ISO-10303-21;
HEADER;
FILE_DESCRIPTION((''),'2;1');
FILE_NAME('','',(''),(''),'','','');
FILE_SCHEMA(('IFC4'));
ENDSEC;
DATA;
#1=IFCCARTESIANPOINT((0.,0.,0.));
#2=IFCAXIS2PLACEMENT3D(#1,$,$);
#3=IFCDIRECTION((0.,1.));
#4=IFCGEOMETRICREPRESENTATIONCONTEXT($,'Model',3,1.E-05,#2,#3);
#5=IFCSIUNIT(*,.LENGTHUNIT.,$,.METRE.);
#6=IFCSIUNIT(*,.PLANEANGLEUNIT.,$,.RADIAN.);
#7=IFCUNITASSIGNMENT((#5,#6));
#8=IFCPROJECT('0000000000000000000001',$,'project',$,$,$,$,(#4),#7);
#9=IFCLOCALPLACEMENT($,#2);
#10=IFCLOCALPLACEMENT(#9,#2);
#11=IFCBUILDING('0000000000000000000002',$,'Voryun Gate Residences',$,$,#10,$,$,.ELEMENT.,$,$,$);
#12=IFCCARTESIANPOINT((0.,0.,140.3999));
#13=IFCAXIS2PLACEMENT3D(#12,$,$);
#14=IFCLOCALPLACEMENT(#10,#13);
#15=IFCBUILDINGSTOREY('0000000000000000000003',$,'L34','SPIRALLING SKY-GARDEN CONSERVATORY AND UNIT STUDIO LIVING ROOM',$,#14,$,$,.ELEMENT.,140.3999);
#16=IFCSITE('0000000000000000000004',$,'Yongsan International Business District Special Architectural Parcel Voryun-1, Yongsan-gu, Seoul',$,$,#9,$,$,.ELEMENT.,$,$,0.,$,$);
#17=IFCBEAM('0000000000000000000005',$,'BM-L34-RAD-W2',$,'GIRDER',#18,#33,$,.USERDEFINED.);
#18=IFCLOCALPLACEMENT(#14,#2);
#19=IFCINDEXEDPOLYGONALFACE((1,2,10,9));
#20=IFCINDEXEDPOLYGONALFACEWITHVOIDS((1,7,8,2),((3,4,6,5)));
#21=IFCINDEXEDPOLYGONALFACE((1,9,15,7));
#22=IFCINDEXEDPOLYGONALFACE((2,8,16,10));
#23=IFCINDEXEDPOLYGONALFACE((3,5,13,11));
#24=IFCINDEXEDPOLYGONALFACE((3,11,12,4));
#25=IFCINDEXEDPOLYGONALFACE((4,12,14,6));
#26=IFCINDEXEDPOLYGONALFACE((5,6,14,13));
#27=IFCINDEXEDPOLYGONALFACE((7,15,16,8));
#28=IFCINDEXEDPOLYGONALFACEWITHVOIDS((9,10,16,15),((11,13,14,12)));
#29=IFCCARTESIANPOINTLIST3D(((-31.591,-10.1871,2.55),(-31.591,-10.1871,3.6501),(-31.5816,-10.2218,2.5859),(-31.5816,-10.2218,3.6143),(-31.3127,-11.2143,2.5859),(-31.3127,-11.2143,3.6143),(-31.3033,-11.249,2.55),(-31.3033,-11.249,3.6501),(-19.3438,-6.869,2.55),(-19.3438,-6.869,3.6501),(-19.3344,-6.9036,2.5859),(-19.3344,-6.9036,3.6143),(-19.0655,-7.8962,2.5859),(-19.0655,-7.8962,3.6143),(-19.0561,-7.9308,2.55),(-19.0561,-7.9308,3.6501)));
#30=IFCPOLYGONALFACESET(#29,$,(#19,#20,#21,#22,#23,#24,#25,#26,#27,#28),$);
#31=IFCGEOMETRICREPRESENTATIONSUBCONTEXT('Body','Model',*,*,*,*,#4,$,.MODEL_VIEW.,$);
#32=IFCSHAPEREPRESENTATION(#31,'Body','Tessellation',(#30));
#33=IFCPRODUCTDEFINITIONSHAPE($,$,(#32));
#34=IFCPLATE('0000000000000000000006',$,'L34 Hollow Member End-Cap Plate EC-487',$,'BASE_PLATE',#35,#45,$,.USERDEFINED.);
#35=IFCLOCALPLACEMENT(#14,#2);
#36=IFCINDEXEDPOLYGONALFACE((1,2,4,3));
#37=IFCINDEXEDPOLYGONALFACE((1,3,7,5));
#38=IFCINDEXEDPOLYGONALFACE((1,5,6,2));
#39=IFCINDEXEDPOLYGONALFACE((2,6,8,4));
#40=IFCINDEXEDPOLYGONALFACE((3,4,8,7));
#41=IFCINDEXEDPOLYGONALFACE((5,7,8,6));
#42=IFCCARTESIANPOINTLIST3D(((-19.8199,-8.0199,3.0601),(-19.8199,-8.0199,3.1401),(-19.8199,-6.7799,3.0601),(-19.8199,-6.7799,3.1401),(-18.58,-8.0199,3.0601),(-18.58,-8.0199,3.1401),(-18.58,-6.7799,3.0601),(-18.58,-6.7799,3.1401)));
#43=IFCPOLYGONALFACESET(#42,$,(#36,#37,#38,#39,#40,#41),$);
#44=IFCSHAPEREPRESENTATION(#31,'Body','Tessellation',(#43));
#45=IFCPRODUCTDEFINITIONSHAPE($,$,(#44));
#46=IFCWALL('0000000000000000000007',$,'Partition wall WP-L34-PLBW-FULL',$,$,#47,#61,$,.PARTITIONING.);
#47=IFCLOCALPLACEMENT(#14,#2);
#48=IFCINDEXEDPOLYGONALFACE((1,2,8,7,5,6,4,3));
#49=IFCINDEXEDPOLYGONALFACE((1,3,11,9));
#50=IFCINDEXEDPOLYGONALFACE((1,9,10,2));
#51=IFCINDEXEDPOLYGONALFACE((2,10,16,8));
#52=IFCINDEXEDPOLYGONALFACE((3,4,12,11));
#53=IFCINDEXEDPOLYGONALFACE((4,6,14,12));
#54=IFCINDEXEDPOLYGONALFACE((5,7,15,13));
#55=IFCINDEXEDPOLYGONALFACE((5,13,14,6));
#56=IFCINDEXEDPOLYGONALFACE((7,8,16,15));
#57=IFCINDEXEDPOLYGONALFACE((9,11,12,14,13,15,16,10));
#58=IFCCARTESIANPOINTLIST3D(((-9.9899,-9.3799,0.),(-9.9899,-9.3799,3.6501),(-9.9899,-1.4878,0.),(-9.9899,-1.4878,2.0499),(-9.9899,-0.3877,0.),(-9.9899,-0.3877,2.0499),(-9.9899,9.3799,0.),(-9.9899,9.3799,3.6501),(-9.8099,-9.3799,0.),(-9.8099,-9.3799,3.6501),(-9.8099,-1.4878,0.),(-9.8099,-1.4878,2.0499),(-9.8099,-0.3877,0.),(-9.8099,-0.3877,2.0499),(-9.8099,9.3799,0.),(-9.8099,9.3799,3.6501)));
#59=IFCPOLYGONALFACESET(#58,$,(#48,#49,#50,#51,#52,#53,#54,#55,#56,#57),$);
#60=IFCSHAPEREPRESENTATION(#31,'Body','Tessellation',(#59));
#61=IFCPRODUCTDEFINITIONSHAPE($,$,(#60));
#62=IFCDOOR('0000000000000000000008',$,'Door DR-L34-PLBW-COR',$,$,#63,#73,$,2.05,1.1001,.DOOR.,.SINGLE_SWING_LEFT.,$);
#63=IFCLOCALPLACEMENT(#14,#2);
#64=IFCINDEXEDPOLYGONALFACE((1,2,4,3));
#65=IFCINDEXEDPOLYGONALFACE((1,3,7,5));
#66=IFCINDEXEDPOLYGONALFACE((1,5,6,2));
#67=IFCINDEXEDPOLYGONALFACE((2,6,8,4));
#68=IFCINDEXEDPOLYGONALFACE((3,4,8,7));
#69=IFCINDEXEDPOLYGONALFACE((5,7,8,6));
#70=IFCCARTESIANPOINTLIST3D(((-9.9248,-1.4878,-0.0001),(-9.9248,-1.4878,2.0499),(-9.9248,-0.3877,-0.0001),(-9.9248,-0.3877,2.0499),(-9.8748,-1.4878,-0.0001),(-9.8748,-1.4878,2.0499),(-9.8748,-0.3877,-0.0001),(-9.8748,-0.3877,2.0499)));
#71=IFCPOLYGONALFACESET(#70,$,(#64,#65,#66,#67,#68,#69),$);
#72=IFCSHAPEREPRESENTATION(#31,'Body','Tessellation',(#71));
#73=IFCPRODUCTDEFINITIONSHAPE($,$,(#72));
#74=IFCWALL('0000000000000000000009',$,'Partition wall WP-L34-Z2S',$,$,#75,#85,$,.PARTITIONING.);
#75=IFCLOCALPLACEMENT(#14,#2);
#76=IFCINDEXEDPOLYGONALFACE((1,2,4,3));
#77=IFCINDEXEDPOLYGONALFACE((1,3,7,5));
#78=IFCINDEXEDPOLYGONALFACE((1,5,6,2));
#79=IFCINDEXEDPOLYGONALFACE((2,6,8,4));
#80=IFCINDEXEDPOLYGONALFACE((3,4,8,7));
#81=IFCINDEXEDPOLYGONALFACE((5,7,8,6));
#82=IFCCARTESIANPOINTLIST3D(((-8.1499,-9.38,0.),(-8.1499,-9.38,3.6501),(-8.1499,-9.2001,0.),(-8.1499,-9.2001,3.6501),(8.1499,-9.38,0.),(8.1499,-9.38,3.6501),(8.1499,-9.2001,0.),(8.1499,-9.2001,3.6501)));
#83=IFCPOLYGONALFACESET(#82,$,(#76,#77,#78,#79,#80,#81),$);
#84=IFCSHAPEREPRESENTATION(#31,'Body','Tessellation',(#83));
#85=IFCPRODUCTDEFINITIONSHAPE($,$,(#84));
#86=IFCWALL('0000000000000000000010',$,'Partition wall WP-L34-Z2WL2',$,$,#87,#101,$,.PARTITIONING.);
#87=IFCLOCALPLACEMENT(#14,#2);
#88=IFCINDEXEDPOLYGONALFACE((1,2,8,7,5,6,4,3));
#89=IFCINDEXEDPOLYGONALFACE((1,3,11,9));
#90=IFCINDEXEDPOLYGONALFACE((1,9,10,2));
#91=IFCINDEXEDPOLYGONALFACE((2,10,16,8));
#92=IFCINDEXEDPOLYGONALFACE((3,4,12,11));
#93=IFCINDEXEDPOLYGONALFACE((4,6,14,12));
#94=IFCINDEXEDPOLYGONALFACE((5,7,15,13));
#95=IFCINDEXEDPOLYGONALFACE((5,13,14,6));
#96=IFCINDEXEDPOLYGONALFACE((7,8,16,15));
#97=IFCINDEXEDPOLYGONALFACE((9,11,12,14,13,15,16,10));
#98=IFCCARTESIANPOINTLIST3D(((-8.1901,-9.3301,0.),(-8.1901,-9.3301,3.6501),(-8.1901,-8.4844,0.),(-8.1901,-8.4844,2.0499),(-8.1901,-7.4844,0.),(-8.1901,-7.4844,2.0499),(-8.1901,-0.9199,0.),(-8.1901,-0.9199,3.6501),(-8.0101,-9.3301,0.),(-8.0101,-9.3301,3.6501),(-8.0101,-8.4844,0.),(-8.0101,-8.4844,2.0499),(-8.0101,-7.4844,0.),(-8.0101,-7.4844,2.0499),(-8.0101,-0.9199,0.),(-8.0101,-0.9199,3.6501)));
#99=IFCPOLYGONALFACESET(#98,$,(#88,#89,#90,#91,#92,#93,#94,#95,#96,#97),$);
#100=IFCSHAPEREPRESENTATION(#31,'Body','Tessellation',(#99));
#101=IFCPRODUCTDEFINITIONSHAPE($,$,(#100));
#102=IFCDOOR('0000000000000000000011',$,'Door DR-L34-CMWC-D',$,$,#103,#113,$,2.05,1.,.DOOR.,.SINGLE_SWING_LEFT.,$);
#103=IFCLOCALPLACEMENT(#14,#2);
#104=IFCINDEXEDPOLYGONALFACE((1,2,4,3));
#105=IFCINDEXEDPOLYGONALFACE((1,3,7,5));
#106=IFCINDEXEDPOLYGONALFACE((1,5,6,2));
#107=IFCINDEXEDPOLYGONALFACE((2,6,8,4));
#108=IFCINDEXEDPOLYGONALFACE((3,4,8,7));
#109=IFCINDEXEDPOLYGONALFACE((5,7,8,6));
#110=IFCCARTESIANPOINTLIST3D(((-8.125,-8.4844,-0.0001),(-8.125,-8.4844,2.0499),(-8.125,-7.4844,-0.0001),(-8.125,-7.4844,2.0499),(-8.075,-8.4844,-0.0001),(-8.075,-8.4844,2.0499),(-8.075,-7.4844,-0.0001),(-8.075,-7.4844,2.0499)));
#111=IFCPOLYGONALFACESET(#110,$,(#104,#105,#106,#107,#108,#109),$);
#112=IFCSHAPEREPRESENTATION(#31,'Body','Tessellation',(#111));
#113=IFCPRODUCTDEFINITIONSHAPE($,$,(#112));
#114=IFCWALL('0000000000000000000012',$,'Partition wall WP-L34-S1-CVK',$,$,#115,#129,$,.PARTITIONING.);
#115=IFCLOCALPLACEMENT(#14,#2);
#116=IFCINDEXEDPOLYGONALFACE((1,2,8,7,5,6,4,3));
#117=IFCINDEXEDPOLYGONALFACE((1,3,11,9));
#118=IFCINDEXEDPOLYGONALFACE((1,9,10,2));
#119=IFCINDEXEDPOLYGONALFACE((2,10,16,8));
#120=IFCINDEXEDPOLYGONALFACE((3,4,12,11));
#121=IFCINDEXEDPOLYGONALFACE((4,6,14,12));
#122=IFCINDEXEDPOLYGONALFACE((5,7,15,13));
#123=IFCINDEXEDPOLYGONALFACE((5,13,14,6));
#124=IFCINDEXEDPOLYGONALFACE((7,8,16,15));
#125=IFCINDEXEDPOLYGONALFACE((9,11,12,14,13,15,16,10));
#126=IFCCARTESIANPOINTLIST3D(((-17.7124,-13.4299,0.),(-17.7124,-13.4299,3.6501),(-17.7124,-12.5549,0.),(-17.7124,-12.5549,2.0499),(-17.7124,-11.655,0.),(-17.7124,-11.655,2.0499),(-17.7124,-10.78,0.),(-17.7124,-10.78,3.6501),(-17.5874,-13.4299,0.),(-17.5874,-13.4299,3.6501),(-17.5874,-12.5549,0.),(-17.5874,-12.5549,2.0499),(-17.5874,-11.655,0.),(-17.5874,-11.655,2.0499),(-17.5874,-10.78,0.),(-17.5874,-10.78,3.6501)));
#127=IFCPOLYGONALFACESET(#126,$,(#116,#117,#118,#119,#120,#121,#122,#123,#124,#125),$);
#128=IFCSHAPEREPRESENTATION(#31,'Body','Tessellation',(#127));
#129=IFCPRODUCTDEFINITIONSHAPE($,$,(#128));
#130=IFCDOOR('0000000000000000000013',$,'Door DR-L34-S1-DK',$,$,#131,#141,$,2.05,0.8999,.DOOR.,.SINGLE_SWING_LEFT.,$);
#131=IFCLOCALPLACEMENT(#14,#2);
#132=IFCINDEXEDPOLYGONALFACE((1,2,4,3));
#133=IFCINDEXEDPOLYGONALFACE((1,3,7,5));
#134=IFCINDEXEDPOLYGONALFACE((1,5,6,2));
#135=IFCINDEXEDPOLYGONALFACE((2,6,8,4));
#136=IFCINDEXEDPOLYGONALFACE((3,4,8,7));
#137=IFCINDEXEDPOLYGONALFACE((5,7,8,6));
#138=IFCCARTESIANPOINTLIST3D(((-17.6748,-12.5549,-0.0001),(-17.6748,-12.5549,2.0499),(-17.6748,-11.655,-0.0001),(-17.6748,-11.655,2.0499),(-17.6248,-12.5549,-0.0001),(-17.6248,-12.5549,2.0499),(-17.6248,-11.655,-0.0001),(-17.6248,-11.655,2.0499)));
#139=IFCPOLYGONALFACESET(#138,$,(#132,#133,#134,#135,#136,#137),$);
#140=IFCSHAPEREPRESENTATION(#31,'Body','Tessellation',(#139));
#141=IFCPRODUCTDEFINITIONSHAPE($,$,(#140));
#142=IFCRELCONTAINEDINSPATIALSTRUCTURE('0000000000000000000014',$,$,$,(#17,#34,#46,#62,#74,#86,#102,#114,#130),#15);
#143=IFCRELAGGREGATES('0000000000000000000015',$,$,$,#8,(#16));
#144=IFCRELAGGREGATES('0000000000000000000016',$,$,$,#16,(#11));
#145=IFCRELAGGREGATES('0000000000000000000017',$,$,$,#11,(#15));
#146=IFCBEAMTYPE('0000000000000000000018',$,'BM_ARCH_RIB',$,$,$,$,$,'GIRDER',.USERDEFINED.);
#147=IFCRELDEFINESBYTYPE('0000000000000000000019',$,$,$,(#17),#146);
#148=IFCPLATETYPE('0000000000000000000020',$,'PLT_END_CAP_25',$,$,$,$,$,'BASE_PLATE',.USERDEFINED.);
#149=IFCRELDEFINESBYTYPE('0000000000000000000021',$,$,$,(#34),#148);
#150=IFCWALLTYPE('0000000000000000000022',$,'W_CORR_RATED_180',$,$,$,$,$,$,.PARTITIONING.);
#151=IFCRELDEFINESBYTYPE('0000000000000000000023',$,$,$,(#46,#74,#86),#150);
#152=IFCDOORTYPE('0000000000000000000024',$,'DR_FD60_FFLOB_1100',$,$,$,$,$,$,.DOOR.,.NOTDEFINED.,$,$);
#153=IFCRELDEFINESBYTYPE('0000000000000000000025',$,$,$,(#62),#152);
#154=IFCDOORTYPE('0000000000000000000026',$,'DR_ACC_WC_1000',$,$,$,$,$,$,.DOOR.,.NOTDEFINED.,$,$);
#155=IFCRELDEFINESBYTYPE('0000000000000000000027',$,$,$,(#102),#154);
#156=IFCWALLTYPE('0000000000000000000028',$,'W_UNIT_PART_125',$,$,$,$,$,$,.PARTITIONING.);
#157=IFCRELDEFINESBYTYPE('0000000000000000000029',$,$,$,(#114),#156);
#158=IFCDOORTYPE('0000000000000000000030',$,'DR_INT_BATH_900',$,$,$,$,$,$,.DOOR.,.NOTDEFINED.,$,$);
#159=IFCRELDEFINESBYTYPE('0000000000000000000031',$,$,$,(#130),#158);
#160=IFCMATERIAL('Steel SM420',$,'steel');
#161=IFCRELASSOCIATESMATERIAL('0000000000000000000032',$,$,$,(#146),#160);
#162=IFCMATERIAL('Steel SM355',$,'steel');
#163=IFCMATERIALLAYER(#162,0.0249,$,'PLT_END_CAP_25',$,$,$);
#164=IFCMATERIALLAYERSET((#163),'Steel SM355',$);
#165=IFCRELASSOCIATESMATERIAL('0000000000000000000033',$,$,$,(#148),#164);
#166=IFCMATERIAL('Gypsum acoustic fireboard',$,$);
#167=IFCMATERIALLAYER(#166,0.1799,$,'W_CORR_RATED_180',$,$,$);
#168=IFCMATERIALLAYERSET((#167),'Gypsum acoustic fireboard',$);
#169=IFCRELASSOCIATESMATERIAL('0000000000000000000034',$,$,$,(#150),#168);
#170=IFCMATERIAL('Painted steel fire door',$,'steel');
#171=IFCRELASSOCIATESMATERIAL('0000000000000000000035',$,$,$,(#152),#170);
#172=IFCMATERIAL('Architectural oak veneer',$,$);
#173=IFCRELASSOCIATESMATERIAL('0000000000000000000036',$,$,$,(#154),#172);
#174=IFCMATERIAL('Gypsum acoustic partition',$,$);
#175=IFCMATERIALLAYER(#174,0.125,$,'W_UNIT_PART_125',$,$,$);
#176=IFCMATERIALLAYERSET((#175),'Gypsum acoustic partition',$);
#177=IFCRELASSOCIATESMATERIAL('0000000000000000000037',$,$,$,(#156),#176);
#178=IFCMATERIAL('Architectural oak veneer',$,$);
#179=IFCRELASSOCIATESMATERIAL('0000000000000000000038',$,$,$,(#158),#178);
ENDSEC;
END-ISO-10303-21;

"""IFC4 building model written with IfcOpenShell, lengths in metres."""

from ifc_helpers import new_model, si_unit, direction, frame, frame_2d, origin, origin_2d, place, context, subcontext, project, spatial, rectangle, hollow_rectangle, extrude, material, layer, layer_set, material_profile, profile_set, type_object, element, fill, save


model = new_model("IFC4")

# Units and contexts
model_context = context("Model", 3, precision=1e-05, world=origin(), true_north=direction((0.0, 1.0)))
body_context = subcontext(model_context, "Body", "Model", "MODEL_VIEW")
ifc_project = project(units=[si_unit("LENGTHUNIT", "METRE"), si_unit("PLANEANGLEUNIT", "RADIAN")], contexts=[model_context])

# Site, building, storey
site_placement = place(None, origin())
site = spatial("IfcSite", under=ifc_project, at=site_placement, Name="Yongsan International Business District Special Architectural Parcel Voryun-1, Yongsan-gu, Seoul", CompositionType="ELEMENT", RefElevation=0.0)
building_placement = place(site_placement, origin())
building = spatial("IfcBuilding", under=site, at=building_placement, Name="Voryun Gate Residences", CompositionType="ELEMENT")
storey_placement = place(building_placement, frame((0.0, 0.0, 140.3999)))
storey = spatial("IfcBuildingStorey", under=building, at=storey_placement, Name="L34", Description="SPIRALLING SKY-GARDEN CONSERVATORY AND UNIT STUDIO LIVING ROOM", CompositionType="ELEMENT", Elevation=140.3999)

# Beam
ifc_material_1 = material(Name="Steel SM420", Category="steel")
ifc_material_profile = material_profile(ifc_material_1, hollow_rectangle(XDim=1.1001, YDim=1.1001, WallThickness=0.0359, at=origin_2d()), Name="BOX-1100x1100x36")
ifc_profile_set = profile_set([ifc_material_profile], Name="Steel SM420")
beam_type = type_object("IfcBeamType", Name="BM_ARCH_RIB", ElementType="GIRDER", PredefinedType="USERDEFINED", material=ifc_profile_set)
beam_placement = place(storey_placement, frame((-19.2, -7.3999, 3.1001), z_axis=(-0.965202, -0.261504, 0.0), x_axis=(0.261504, -0.965202, 0.0)))
element("IfcBeam", 1, at=beam_placement, inside=storey, type_object=beam_type, Name="BM-L34-RAD-W2", ObjectType="GIRDER", PredefinedType="USERDEFINED", context=body_context, shape_type="SweptSolid", body=[
    extrude(hollow_rectangle(XDim=1.1001, YDim=1.1001, WallThickness=0.0359, at=origin_2d()), origin(), (0.0, 0.0, 1.0), 12.6887),
])

# Plate
ifc_material_2 = material(Name="Steel SM355", Category="steel")
ifc_layer_1 = layer(ifc_material_2, 0.0249, Name="PLT_END_CAP_25")
ifc_layer_set_1 = layer_set([ifc_layer_1], Name="Steel SM355")
plate_type = type_object("IfcPlateType", Name="PLT_END_CAP_25", ElementType="BASE_PLATE", PredefinedType="USERDEFINED", material=ifc_layer_set_1)
plate_placement = place(storey_placement, frame((-19.2, -7.3999, 3.0601), z_axis=(0.0, 0.0, 1.0), x_axis=(1.0, 0.0, 0.0)))
element("IfcPlate", 2, at=plate_placement, inside=storey, type_object=plate_type, Name="L34 Hollow Member End-Cap Plate EC-487", ObjectType="BASE_PLATE", PredefinedType="USERDEFINED", context=body_context, shape_type="SweptSolid", body=[
    extrude(rectangle(XDim=1.24, YDim=1.24, at=origin_2d()), origin(), (0.0, 0.0, 1.0), 0.0801),
])

# Wall, opening, door
ifc_material_3 = material(Name="Gypsum acoustic fireboard")
ifc_layer_2 = layer(ifc_material_3, 0.1799, Name="W_CORR_RATED_180")
ifc_layer_set_2 = layer_set([ifc_layer_2], Name="Gypsum acoustic fireboard")
wall_type_1 = type_object("IfcWallType", Name="W_CORR_RATED_180", PredefinedType="PARTITIONING", material=ifc_layer_set_2)
wall_1_placement = place(storey_placement, frame((-9.8999, -9.3799, 0.0), z_axis=(0.0, 0.0, 1.0), x_axis=(0.0, 1.0, 0.0)))
wall_1 = element("IfcWall", 3, at=wall_1_placement, inside=storey, type_object=wall_type_1, Name="Partition wall WP-L34-PLBW-FULL", PredefinedType="PARTITIONING", context=body_context, shape_type="SweptSolid", body=[
    extrude(rectangle(XDim=18.7598, YDim=0.1799, at=frame_2d((9.3799, 0.0))), origin(), (0.0, 0.0, 1.0), 3.6501),
])
opening_1_placement = place(wall_1_placement, frame((7.8921, 0.0, 0.0)))
opening_1 = element("IfcOpeningElement", 4, at=opening_1_placement, cuts=wall_1, PredefinedType="OPENING", context=body_context, shape_type="SweptSolid", body=[
    extrude(rectangle(XDim=1.1001, YDim=2.05, at=frame_2d((0.55, 1.0249))), frame((0.0, 0.0999, 0.0), z_axis=(0.0, -1.0, 0.0), x_axis=(1.0, 0.0, 0.0)), (0.0, 0.0, 1.0), 0.2),
])
ifc_material_4 = material(Name="Painted steel fire door", Category="steel")
door_type_1 = type_object("IfcDoorType", Name="DR_FD60_FFLOB_1100", OperationType="NOTDEFINED", PredefinedType="DOOR", material=ifc_material_4)
door_1_placement = place(opening_1_placement, origin())
door_1 = element("IfcDoor", 5, at=door_1_placement, inside=storey, type_object=door_type_1, Name="Door DR-L34-PLBW-COR", OperationType="SINGLE_SWING_LEFT", OverallHeight=2.05, OverallWidth=1.1001, PredefinedType="DOOR", context=body_context, shape_type="SweptSolid", body=[
    extrude(rectangle(XDim=1.1001, YDim=2.05, at=frame_2d((0.55, 1.0249))), frame((0.0, 0.0249, 0.0), z_axis=(0.0, -1.0, 0.0), x_axis=(1.0, 0.0, 0.0)), (0.0, 0.0, 1.0), 0.05),
])
fill(opening_1, door_1)

# Wall
wall_2_placement = place(storey_placement, frame((-8.1499, -9.29, 0.0), z_axis=(0.0, 0.0, 1.0), x_axis=(1.0, 0.0, 0.0)))
element("IfcWall", 6, at=wall_2_placement, inside=storey, type_object=wall_type_1, Name="Partition wall WP-L34-Z2S", PredefinedType="PARTITIONING", context=body_context, shape_type="SweptSolid", body=[
    extrude(rectangle(XDim=16.2998, YDim=0.1799, at=frame_2d((8.1499, 0.0))), origin(), (0.0, 0.0, 1.0), 3.6501),
])

# Walls, openings, doors
wall_3_placement = place(storey_placement, frame((-8.1001, -9.3301, 0.0), z_axis=(0.0, 0.0, 1.0), x_axis=(0.0, 1.0, 0.0)))
wall_3 = element("IfcWall", 7, at=wall_3_placement, inside=storey, type_object=wall_type_1, Name="Partition wall WP-L34-Z2WL2", PredefinedType="PARTITIONING", context=body_context, shape_type="SweptSolid", body=[
    extrude(rectangle(XDim=8.4102, YDim=0.1799, at=frame_2d((4.2051, 0.0))), origin(), (0.0, 0.0, 1.0), 3.6501),
])
opening_2_placement = place(wall_3_placement, frame((0.8457, 0.0, 0.0)))
opening_2 = element("IfcOpeningElement", 8, at=opening_2_placement, cuts=wall_3, PredefinedType="OPENING", context=body_context, shape_type="SweptSolid", body=[
    extrude(rectangle(XDim=1.0, YDim=2.05, at=frame_2d((0.5, 1.0249))), frame((0.0, 0.0999, 0.0), z_axis=(0.0, -1.0, 0.0), x_axis=(1.0, 0.0, 0.0)), (0.0, 0.0, 1.0), 0.2),
])
ifc_material_5 = material(Name="Architectural oak veneer")
door_type_2 = type_object("IfcDoorType", Name="DR_ACC_WC_1000", OperationType="NOTDEFINED", PredefinedType="DOOR", material=ifc_material_5)
door_2_placement = place(opening_2_placement, origin())
door_2 = element("IfcDoor", 9, at=door_2_placement, inside=storey, type_object=door_type_2, Name="Door DR-L34-CMWC-D", OperationType="SINGLE_SWING_LEFT", OverallHeight=2.05, OverallWidth=1.0, PredefinedType="DOOR", context=body_context, shape_type="SweptSolid", body=[
    extrude(rectangle(XDim=1.0, YDim=2.05, at=frame_2d((0.5, 1.0249))), frame((0.0, 0.0249, 0.0), z_axis=(0.0, -1.0, 0.0), x_axis=(1.0, 0.0, 0.0)), (0.0, 0.0, 1.0), 0.05),
])
fill(opening_2, door_2)
ifc_material_6 = material(Name="Gypsum acoustic partition")
ifc_layer_3 = layer(ifc_material_6, 0.125, Name="W_UNIT_PART_125")
ifc_layer_set_3 = layer_set([ifc_layer_3], Name="Gypsum acoustic partition")
wall_type_2 = type_object("IfcWallType", Name="W_UNIT_PART_125", PredefinedType="PARTITIONING", material=ifc_layer_set_3)
wall_4_placement = place(storey_placement, frame((-17.6499, -13.4299, 0.0), z_axis=(0.0, 0.0, 1.0), x_axis=(0.0, 1.0, 0.0)))
wall_4 = element("IfcWall", 10, at=wall_4_placement, inside=storey, type_object=wall_type_2, Name="Partition wall WP-L34-S1-CVK", PredefinedType="PARTITIONING", context=body_context, shape_type="SweptSolid", body=[
    extrude(rectangle(XDim=2.6499, YDim=0.125, at=frame_2d((1.325, 0.0))), origin(), (0.0, 0.0, 1.0), 3.6501),
])
opening_3_placement = place(wall_4_placement, frame((0.875, 0.0, 0.0)))
opening_3 = element("IfcOpeningElement", 11, at=opening_3_placement, cuts=wall_4, PredefinedType="OPENING", context=body_context, shape_type="SweptSolid", body=[
    extrude(rectangle(XDim=0.8999, YDim=2.05, at=frame_2d((0.45, 1.0249))), frame((0.0, 0.0725, 0.0), z_axis=(0.0, -1.0, 0.0), x_axis=(1.0, 0.0, 0.0)), (0.0, 0.0, 1.0), 0.145),
])
ifc_material_7 = material(Name="Architectural oak veneer")
door_type_3 = type_object("IfcDoorType", Name="DR_INT_BATH_900", OperationType="NOTDEFINED", PredefinedType="DOOR", material=ifc_material_7)
door_3_placement = place(opening_3_placement, origin())
door_3 = element("IfcDoor", 12, at=door_3_placement, inside=storey, type_object=door_type_3, Name="Door DR-L34-S1-DK", OperationType="SINGLE_SWING_LEFT", OverallHeight=2.05, OverallWidth=0.8999, PredefinedType="DOOR", context=body_context, shape_type="SweptSolid", body=[
    extrude(rectangle(XDim=0.8999, YDim=2.05, at=frame_2d((0.45, 1.0249))), frame((0.0, 0.0249, 0.0), z_axis=(0.0, -1.0, 0.0), x_axis=(1.0, 0.0, 0.0)), (0.0, 0.0, 1.0), 0.05),
])
fill(opening_3, door_3)

save(model, "model.ifc")
